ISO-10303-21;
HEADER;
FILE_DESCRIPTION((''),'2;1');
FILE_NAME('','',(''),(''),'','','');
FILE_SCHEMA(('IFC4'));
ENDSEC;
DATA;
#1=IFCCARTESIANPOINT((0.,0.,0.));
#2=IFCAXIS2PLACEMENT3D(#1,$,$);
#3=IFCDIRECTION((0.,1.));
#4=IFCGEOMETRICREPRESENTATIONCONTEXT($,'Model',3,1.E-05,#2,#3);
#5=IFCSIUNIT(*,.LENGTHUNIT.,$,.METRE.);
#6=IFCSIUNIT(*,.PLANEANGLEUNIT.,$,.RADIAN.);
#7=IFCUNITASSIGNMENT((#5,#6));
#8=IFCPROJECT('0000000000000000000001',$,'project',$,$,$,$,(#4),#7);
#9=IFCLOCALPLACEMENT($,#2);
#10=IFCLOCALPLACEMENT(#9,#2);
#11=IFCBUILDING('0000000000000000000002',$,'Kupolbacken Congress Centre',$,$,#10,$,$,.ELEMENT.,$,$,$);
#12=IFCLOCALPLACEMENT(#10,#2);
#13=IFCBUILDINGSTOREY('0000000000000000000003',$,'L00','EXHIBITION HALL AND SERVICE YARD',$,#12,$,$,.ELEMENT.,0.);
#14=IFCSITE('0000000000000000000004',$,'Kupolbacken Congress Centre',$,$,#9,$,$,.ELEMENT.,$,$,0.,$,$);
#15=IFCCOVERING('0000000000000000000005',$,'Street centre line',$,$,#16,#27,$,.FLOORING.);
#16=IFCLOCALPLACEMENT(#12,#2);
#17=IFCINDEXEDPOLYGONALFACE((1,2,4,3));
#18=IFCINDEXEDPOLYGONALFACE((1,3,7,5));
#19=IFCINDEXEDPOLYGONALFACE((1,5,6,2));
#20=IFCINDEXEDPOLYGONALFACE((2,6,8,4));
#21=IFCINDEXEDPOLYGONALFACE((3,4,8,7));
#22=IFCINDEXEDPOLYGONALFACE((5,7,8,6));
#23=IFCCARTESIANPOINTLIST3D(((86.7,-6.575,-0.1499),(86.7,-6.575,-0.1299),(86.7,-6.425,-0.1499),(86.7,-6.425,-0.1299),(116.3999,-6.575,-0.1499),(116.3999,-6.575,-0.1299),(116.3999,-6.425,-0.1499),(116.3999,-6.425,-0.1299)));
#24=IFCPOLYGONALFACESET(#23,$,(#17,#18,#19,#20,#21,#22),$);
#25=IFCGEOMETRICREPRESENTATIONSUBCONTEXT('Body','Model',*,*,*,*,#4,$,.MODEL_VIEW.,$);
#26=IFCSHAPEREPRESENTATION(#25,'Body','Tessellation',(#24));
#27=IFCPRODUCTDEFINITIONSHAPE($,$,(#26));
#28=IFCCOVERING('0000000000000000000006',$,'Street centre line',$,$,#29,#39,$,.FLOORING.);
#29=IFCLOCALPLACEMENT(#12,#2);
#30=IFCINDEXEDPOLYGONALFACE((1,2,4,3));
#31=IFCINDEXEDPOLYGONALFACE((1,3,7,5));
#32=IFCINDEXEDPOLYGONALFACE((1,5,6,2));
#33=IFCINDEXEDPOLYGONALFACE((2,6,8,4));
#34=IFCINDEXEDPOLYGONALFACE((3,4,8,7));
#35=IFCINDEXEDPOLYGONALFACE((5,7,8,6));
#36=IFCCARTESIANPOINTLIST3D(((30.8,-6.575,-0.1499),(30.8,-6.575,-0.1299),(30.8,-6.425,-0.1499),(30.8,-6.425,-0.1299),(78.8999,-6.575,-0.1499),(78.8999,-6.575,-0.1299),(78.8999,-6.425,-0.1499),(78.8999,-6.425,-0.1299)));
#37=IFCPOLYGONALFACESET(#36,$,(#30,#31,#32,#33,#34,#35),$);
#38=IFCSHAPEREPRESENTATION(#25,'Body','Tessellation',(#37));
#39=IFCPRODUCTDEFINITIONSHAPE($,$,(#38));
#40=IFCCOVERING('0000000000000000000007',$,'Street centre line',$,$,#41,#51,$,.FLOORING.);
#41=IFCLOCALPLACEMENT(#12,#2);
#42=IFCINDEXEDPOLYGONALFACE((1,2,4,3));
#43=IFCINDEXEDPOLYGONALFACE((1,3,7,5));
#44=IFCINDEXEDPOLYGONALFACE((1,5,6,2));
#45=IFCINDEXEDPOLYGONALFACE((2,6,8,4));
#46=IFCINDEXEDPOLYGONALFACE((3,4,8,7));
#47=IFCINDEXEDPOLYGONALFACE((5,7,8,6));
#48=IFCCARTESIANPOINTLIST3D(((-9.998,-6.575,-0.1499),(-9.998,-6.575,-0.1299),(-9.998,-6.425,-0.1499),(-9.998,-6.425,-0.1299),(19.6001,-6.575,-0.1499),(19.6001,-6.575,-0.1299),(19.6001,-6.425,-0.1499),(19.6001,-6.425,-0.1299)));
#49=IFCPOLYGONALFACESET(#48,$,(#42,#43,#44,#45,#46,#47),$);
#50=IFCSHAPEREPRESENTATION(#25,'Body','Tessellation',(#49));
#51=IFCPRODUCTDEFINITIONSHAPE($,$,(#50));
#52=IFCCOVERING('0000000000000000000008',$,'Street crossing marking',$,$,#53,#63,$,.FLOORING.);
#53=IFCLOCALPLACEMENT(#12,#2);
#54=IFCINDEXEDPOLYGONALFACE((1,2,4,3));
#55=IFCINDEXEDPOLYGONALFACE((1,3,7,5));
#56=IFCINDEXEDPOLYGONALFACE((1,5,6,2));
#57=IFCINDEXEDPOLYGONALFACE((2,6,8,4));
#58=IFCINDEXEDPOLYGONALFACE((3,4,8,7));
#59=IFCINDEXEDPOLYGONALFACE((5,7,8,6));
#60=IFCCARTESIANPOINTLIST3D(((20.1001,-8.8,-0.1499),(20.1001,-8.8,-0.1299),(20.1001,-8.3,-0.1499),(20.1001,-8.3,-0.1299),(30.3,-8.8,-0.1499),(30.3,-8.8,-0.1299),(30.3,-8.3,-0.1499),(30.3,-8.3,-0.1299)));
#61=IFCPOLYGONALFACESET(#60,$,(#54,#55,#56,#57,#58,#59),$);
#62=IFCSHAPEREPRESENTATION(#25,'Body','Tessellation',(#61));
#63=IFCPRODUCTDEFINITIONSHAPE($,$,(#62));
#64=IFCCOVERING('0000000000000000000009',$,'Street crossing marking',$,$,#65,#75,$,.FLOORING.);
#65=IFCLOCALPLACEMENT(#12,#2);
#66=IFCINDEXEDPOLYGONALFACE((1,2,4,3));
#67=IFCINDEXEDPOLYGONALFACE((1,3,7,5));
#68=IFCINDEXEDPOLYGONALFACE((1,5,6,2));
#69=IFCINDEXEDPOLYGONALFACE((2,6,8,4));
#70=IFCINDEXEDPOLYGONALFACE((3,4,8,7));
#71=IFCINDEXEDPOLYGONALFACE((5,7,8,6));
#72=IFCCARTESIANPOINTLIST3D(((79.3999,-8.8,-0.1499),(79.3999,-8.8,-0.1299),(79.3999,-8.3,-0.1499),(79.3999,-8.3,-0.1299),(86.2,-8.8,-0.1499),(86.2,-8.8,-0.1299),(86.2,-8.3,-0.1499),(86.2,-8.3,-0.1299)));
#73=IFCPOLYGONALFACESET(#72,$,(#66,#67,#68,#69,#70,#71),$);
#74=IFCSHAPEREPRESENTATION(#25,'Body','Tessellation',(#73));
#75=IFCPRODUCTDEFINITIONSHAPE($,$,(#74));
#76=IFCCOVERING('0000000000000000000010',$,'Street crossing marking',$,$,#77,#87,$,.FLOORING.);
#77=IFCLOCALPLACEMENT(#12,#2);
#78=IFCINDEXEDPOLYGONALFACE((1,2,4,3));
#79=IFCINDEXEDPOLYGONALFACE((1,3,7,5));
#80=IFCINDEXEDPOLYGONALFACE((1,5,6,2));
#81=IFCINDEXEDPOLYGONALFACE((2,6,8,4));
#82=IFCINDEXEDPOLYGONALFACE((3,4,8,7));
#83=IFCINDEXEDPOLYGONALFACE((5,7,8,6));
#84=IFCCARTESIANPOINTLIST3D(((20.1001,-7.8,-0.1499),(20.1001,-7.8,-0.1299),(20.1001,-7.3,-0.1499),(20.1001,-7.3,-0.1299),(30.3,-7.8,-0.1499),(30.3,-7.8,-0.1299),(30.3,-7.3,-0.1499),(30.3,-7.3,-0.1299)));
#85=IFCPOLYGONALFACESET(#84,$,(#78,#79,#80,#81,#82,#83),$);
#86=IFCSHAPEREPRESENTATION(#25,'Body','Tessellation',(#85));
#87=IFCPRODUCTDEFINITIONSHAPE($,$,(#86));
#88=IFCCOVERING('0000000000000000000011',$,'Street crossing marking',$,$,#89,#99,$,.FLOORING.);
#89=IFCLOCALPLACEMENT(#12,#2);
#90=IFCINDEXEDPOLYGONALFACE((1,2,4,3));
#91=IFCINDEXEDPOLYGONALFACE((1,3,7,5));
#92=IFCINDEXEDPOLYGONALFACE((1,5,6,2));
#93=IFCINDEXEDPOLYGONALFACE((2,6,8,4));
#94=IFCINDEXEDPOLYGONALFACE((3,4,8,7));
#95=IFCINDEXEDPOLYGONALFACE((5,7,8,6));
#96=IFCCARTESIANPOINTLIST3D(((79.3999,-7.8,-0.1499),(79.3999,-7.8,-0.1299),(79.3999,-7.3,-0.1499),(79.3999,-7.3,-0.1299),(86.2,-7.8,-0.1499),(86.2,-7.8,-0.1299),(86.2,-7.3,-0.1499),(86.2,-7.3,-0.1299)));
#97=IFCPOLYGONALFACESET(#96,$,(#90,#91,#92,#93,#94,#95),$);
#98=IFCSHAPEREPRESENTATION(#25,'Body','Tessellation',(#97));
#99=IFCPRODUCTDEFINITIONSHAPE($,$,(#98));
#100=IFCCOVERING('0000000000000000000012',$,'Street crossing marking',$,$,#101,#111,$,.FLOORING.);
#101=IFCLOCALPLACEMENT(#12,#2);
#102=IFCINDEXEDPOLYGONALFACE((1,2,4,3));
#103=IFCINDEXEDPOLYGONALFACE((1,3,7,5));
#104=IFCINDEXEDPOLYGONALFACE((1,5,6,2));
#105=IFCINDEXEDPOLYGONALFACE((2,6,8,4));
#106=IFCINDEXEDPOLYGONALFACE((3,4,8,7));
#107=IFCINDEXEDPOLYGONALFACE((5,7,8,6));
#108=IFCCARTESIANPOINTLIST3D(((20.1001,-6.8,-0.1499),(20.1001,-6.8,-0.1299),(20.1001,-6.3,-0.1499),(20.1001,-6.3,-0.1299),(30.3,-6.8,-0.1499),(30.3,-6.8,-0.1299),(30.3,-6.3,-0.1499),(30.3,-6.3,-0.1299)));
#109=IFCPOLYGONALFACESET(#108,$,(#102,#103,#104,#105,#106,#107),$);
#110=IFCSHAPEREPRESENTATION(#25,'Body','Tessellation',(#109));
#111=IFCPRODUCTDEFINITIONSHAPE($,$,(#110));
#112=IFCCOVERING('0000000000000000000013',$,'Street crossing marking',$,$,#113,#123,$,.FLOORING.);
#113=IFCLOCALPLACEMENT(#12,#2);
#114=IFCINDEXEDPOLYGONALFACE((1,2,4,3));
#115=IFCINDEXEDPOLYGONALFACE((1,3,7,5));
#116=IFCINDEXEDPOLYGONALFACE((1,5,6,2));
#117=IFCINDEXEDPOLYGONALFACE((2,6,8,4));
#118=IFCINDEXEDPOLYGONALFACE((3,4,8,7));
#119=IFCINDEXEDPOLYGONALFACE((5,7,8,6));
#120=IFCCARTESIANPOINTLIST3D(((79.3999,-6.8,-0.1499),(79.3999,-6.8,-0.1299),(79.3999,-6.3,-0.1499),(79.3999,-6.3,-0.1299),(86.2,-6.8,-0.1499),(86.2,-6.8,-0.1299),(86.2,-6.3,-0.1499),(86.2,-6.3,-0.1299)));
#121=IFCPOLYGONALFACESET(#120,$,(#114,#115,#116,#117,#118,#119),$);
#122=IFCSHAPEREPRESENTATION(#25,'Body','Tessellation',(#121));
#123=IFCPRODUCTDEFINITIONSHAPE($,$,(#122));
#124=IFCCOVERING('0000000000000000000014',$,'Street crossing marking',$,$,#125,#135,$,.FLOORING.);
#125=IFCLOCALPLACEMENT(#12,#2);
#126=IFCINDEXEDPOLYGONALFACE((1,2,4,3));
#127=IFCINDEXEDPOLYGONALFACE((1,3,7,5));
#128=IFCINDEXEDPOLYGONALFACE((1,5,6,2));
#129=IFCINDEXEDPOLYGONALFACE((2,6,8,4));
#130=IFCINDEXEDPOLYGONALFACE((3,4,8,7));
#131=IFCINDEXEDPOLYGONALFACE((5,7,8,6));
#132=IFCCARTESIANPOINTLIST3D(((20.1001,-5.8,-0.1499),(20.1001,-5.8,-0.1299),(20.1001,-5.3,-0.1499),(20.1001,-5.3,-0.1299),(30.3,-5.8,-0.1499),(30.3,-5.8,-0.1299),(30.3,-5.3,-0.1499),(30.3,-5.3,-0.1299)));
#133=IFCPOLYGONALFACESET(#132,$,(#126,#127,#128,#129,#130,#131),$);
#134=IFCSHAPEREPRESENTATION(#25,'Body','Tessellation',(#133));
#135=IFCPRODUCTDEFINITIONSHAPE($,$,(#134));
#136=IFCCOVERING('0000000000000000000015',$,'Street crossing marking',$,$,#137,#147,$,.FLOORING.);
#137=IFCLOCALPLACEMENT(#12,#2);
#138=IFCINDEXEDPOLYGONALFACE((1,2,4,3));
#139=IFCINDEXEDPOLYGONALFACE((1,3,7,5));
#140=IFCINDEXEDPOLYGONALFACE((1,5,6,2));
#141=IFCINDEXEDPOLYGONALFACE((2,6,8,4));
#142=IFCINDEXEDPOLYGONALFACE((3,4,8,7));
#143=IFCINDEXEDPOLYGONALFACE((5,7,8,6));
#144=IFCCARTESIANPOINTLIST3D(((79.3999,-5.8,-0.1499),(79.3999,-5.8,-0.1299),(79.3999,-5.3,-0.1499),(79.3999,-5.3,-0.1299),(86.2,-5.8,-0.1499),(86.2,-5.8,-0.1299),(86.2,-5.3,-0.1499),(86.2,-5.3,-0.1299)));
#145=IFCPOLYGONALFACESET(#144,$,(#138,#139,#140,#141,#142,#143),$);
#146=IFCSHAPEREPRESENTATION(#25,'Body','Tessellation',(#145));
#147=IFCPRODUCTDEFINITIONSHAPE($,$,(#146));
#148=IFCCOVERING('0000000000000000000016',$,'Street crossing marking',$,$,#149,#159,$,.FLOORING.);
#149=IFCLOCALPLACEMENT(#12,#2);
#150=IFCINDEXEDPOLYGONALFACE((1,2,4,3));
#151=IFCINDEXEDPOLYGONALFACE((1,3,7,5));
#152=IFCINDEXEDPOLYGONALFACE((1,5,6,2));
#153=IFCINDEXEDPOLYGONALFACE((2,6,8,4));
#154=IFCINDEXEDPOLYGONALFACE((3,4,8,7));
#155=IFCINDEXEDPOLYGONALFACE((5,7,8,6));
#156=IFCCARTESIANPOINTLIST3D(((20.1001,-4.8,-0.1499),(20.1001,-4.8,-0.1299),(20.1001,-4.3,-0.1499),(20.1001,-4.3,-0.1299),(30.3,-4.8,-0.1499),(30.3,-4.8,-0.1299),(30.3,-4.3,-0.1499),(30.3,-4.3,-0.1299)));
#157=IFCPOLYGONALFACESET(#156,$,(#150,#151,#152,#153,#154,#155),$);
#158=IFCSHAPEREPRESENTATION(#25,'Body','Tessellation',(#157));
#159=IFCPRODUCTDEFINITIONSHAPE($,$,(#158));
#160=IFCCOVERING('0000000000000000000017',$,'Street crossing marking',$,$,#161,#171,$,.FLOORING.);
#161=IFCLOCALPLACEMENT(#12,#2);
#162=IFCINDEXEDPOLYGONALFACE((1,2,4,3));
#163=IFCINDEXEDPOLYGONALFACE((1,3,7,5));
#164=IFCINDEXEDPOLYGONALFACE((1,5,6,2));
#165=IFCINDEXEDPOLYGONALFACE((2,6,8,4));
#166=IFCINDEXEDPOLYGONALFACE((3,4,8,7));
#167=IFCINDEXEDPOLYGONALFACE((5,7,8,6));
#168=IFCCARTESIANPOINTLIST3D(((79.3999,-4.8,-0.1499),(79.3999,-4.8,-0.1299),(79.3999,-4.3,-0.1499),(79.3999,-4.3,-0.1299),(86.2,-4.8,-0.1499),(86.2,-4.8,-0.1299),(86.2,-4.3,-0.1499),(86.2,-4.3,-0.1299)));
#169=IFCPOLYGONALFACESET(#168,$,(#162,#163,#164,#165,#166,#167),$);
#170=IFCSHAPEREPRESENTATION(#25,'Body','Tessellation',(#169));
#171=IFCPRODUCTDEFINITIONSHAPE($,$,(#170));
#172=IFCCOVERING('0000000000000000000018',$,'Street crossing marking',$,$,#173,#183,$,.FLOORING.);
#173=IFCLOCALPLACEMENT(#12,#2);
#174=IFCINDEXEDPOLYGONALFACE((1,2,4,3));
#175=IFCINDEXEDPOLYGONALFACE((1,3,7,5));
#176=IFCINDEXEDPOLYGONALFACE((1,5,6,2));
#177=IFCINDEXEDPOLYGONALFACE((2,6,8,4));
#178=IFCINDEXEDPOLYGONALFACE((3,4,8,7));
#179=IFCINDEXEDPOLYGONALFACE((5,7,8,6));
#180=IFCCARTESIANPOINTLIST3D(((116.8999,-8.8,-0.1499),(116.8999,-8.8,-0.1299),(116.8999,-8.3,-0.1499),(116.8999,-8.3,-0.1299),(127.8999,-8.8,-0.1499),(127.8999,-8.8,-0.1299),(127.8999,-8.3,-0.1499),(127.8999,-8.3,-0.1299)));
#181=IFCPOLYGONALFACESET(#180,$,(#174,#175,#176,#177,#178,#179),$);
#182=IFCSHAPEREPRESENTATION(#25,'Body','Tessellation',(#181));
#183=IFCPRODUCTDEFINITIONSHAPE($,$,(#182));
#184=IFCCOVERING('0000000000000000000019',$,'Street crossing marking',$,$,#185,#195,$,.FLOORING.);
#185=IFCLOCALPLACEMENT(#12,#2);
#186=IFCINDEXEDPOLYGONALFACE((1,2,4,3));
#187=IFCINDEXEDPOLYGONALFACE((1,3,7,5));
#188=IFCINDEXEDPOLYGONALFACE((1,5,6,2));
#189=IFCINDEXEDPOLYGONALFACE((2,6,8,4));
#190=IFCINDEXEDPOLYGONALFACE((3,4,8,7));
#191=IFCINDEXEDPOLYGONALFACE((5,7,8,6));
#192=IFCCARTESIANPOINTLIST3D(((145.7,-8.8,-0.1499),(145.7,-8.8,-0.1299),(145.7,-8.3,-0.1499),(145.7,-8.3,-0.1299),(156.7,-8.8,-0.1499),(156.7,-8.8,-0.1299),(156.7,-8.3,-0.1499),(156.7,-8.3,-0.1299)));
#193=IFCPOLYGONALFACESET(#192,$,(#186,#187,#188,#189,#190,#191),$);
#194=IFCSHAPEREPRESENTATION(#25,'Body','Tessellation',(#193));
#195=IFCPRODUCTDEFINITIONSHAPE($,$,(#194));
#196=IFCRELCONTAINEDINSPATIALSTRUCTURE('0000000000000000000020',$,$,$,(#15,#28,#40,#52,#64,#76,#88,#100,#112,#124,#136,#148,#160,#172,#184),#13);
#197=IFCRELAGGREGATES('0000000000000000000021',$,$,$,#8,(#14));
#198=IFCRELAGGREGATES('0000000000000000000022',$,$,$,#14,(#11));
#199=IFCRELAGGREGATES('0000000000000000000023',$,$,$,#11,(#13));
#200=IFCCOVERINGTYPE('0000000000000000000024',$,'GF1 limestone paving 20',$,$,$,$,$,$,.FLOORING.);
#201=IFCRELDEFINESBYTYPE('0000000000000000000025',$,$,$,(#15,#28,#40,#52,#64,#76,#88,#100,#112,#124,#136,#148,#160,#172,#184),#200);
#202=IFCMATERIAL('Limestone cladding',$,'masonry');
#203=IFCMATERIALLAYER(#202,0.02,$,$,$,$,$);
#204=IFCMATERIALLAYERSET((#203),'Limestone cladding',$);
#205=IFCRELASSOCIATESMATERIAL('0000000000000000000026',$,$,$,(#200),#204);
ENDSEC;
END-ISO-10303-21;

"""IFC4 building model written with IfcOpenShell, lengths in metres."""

from ifc_helpers import new_model, si_unit, direction, frame, origin, place, context, subcontext, project, spatial, polyline, outline, extrude, material, layer, layer_set, type_object, element, save


model = new_model("IFC4")

# Units and contexts
model_context = context("Model", 3, precision=1e-05, world=origin(), true_north=direction((0.0, 1.0)))
body_context = subcontext(model_context, "Body", "Model", "MODEL_VIEW")
ifc_project = project(units=[si_unit("LENGTHUNIT", "METRE"), si_unit("PLANEANGLEUNIT", "RADIAN")], contexts=[model_context])

# Site, building, storey
site_placement = place(None, origin())
site = spatial("IfcSite", under=ifc_project, at=site_placement, Name="Kupolbacken Congress Centre", CompositionType="ELEMENT", RefElevation=0.0)
building_placement = place(site_placement, origin())
building = spatial("IfcBuilding", under=site, at=building_placement, Name="Kupolbacken Congress Centre", CompositionType="ELEMENT")
storey_placement = place(building_placement, origin())
storey = spatial("IfcBuildingStorey", under=building, at=storey_placement, Name="L00", Description="EXHIBITION HALL AND SERVICE YARD", CompositionType="ELEMENT", Elevation=0.0)

# Coverings
ifc_material = material(Name="Limestone cladding", Category="masonry")
ifc_layer = layer(ifc_material, 0.02)
ifc_layer_set = layer_set([ifc_layer], Name="Limestone cladding")
covering_type = type_object("IfcCoveringType", Name="GF1 limestone paving 20", PredefinedType="FLOORING", material=ifc_layer_set)
covering_1_placement = place(storey_placement, frame((0.0, 0.0, -0.1499)))
element("IfcCovering", 1, at=covering_1_placement, inside=storey, type_object=covering_type, Name="Street centre line", PredefinedType="FLOORING", context=body_context, shape_type="SweptSolid", body=[
    extrude(outline(polyline([(86.7, -6.575), (86.7, -6.425), (116.3999, -6.425), (116.3999, -6.575), (86.7, -6.575)])), origin(), (0.0, 0.0, 1.0), 0.02),
])
covering_2_placement = place(storey_placement, frame((0.0, 0.0, -0.1499)))
element("IfcCovering", 2, at=covering_2_placement, inside=storey, type_object=covering_type, Name="Street centre line", PredefinedType="FLOORING", context=body_context, shape_type="SweptSolid", body=[
    extrude(outline(polyline([(30.8, -6.575), (30.8, -6.425), (78.8999, -6.425), (78.8999, -6.575), (30.8, -6.575)])), origin(), (0.0, 0.0, 1.0), 0.02),
])
covering_3_placement = place(storey_placement, frame((0.0, 0.0, -0.1499)))
element("IfcCovering", 3, at=covering_3_placement, inside=storey, type_object=covering_type, Name="Street centre line", PredefinedType="FLOORING", context=body_context, shape_type="SweptSolid", body=[
    extrude(outline(polyline([(-9.998, -6.575), (-9.998, -6.425), (19.6001, -6.425), (19.6001, -6.575), (-9.998, -6.575)])), origin(), (0.0, 0.0, 1.0), 0.02),
])
covering_4_placement = place(storey_placement, frame((0.0, 0.0, -0.1499)))
element("IfcCovering", 4, at=covering_4_placement, inside=storey, type_object=covering_type, Name="Street crossing marking", PredefinedType="FLOORING", context=body_context, shape_type="SweptSolid", body=[
    extrude(outline(polyline([(20.1001, -8.8), (20.1001, -8.3), (30.3, -8.3), (30.3, -8.8), (20.1001, -8.8)])), origin(), (0.0, 0.0, 1.0), 0.02),
])
covering_5_placement = place(storey_placement, frame((0.0, 0.0, -0.1499)))
element("IfcCovering", 5, at=covering_5_placement, inside=storey, type_object=covering_type, Name="Street crossing marking", PredefinedType="FLOORING", context=body_context, shape_type="SweptSolid", body=[
    extrude(outline(polyline([(79.3999, -8.8), (79.3999, -8.3), (86.2, -8.3), (86.2, -8.8), (79.3999, -8.8)])), origin(), (0.0, 0.0, 1.0), 0.02),
])
covering_6_placement = place(storey_placement, frame((0.0, 0.0, -0.1499)))
element("IfcCovering", 6, at=covering_6_placement, inside=storey, type_object=covering_type, Name="Street crossing marking", PredefinedType="FLOORING", context=body_context, shape_type="SweptSolid", body=[
    extrude(outline(polyline([(20.1001, -7.8), (20.1001, -7.3), (30.3, -7.3), (30.3, -7.8), (20.1001, -7.8)])), origin(), (0.0, 0.0, 1.0), 0.02),
])
covering_7_placement = place(storey_placement, frame((0.0, 0.0, -0.1499)))
element("IfcCovering", 7, at=covering_7_placement, inside=storey, type_object=covering_type, Name="Street crossing marking", PredefinedType="FLOORING", context=body_context, shape_type="SweptSolid", body=[
    extrude(outline(polyline([(79.3999, -7.3), (86.2, -7.3), (86.2, -7.8), (79.3999, -7.8), (79.3999, -7.3)])), origin(), (0.0, 0.0, 1.0), 0.02),
])
covering_8_placement = place(storey_placement, frame((0.0, 0.0, -0.1499)))
element("IfcCovering", 8, at=covering_8_placement, inside=storey, type_object=covering_type, Name="Street crossing marking", PredefinedType="FLOORING", context=body_context, shape_type="SweptSolid", body=[
    extrude(outline(polyline([(20.1001, -6.3), (30.3, -6.3), (30.3, -6.8), (20.1001, -6.8), (20.1001, -6.3)])), origin(), (0.0, 0.0, 1.0), 0.02),
])
covering_9_placement = place(storey_placement, frame((0.0, 0.0, -0.1499)))
element("IfcCovering", 9, at=covering_9_placement, inside=storey, type_object=covering_type, Name="Street crossing marking", PredefinedType="FLOORING", context=body_context, shape_type="SweptSolid", body=[
    extrude(outline(polyline([(79.3999, -6.8), (79.3999, -6.3), (86.2, -6.3), (86.2, -6.8), (79.3999, -6.8)])), origin(), (0.0, 0.0, 1.0), 0.02),
])
covering_10_placement = place(storey_placement, frame((0.0, 0.0, -0.1499)))
element("IfcCovering", 10, at=covering_10_placement, inside=storey, type_object=covering_type, Name="Street crossing marking", PredefinedType="FLOORING", context=body_context, shape_type="SweptSolid", body=[
    extrude(outline(polyline([(20.1001, -5.8), (20.1001, -5.3), (30.3, -5.3), (30.3, -5.8), (20.1001, -5.8)])), origin(), (0.0, 0.0, 1.0), 0.02),
])
covering_11_placement = place(storey_placement, frame((0.0, 0.0, -0.1499)))
element("IfcCovering", 11, at=covering_11_placement, inside=storey, type_object=covering_type, Name="Street crossing marking", PredefinedType="FLOORING", context=body_context, shape_type="SweptSolid", body=[
    extrude(outline(polyline([(79.3999, -5.8), (79.3999, -5.3), (86.2, -5.3), (86.2, -5.8), (79.3999, -5.8)])), origin(), (0.0, 0.0, 1.0), 0.02),
])
covering_12_placement = place(storey_placement, frame((0.0, 0.0, -0.1499)))
element("IfcCovering", 12, at=covering_12_placement, inside=storey, type_object=covering_type, Name="Street crossing marking", PredefinedType="FLOORING", context=body_context, shape_type="SweptSolid", body=[
    extrude(outline(polyline([(20.1001, -4.3), (30.3, -4.3), (30.3, -4.8), (20.1001, -4.8), (20.1001, -4.3)])), origin(), (0.0, 0.0, 1.0), 0.02),
])
covering_13_placement = place(storey_placement, frame((0.0, 0.0, -0.1499)))
element("IfcCovering", 13, at=covering_13_placement, inside=storey, type_object=covering_type, Name="Street crossing marking", PredefinedType="FLOORING", context=body_context, shape_type="SweptSolid", body=[
    extrude(outline(polyline([(79.3999, -4.3), (86.2, -4.3), (86.2, -4.8), (79.3999, -4.8), (79.3999, -4.3)])), origin(), (0.0, 0.0, 1.0), 0.02),
])
covering_14_placement = place(storey_placement, frame((0.0, 0.0, -0.1499)))
element("IfcCovering", 14, at=covering_14_placement, inside=storey, type_object=covering_type, Name="Street crossing marking", PredefinedType="FLOORING", context=body_context, shape_type="SweptSolid", body=[
    extrude(outline(polyline([(116.8999, -8.8), (116.8999, -8.3), (127.8999, -8.3), (127.8999, -8.8), (116.8999, -8.8)])), origin(), (0.0, 0.0, 1.0), 0.02),
])
covering_15_placement = place(storey_placement, frame((0.0, 0.0, -0.1499)))
element("IfcCovering", 15, at=covering_15_placement, inside=storey, type_object=covering_type, Name="Street crossing marking", PredefinedType="FLOORING", context=body_context, shape_type="SweptSolid", body=[
    extrude(outline(polyline([(145.7, -8.8), (145.7, -8.3), (156.7, -8.3), (156.7, -8.8), (145.7, -8.8)])), origin(), (0.0, 0.0, 1.0), 0.02),
])

save(model, "model.ifc")
